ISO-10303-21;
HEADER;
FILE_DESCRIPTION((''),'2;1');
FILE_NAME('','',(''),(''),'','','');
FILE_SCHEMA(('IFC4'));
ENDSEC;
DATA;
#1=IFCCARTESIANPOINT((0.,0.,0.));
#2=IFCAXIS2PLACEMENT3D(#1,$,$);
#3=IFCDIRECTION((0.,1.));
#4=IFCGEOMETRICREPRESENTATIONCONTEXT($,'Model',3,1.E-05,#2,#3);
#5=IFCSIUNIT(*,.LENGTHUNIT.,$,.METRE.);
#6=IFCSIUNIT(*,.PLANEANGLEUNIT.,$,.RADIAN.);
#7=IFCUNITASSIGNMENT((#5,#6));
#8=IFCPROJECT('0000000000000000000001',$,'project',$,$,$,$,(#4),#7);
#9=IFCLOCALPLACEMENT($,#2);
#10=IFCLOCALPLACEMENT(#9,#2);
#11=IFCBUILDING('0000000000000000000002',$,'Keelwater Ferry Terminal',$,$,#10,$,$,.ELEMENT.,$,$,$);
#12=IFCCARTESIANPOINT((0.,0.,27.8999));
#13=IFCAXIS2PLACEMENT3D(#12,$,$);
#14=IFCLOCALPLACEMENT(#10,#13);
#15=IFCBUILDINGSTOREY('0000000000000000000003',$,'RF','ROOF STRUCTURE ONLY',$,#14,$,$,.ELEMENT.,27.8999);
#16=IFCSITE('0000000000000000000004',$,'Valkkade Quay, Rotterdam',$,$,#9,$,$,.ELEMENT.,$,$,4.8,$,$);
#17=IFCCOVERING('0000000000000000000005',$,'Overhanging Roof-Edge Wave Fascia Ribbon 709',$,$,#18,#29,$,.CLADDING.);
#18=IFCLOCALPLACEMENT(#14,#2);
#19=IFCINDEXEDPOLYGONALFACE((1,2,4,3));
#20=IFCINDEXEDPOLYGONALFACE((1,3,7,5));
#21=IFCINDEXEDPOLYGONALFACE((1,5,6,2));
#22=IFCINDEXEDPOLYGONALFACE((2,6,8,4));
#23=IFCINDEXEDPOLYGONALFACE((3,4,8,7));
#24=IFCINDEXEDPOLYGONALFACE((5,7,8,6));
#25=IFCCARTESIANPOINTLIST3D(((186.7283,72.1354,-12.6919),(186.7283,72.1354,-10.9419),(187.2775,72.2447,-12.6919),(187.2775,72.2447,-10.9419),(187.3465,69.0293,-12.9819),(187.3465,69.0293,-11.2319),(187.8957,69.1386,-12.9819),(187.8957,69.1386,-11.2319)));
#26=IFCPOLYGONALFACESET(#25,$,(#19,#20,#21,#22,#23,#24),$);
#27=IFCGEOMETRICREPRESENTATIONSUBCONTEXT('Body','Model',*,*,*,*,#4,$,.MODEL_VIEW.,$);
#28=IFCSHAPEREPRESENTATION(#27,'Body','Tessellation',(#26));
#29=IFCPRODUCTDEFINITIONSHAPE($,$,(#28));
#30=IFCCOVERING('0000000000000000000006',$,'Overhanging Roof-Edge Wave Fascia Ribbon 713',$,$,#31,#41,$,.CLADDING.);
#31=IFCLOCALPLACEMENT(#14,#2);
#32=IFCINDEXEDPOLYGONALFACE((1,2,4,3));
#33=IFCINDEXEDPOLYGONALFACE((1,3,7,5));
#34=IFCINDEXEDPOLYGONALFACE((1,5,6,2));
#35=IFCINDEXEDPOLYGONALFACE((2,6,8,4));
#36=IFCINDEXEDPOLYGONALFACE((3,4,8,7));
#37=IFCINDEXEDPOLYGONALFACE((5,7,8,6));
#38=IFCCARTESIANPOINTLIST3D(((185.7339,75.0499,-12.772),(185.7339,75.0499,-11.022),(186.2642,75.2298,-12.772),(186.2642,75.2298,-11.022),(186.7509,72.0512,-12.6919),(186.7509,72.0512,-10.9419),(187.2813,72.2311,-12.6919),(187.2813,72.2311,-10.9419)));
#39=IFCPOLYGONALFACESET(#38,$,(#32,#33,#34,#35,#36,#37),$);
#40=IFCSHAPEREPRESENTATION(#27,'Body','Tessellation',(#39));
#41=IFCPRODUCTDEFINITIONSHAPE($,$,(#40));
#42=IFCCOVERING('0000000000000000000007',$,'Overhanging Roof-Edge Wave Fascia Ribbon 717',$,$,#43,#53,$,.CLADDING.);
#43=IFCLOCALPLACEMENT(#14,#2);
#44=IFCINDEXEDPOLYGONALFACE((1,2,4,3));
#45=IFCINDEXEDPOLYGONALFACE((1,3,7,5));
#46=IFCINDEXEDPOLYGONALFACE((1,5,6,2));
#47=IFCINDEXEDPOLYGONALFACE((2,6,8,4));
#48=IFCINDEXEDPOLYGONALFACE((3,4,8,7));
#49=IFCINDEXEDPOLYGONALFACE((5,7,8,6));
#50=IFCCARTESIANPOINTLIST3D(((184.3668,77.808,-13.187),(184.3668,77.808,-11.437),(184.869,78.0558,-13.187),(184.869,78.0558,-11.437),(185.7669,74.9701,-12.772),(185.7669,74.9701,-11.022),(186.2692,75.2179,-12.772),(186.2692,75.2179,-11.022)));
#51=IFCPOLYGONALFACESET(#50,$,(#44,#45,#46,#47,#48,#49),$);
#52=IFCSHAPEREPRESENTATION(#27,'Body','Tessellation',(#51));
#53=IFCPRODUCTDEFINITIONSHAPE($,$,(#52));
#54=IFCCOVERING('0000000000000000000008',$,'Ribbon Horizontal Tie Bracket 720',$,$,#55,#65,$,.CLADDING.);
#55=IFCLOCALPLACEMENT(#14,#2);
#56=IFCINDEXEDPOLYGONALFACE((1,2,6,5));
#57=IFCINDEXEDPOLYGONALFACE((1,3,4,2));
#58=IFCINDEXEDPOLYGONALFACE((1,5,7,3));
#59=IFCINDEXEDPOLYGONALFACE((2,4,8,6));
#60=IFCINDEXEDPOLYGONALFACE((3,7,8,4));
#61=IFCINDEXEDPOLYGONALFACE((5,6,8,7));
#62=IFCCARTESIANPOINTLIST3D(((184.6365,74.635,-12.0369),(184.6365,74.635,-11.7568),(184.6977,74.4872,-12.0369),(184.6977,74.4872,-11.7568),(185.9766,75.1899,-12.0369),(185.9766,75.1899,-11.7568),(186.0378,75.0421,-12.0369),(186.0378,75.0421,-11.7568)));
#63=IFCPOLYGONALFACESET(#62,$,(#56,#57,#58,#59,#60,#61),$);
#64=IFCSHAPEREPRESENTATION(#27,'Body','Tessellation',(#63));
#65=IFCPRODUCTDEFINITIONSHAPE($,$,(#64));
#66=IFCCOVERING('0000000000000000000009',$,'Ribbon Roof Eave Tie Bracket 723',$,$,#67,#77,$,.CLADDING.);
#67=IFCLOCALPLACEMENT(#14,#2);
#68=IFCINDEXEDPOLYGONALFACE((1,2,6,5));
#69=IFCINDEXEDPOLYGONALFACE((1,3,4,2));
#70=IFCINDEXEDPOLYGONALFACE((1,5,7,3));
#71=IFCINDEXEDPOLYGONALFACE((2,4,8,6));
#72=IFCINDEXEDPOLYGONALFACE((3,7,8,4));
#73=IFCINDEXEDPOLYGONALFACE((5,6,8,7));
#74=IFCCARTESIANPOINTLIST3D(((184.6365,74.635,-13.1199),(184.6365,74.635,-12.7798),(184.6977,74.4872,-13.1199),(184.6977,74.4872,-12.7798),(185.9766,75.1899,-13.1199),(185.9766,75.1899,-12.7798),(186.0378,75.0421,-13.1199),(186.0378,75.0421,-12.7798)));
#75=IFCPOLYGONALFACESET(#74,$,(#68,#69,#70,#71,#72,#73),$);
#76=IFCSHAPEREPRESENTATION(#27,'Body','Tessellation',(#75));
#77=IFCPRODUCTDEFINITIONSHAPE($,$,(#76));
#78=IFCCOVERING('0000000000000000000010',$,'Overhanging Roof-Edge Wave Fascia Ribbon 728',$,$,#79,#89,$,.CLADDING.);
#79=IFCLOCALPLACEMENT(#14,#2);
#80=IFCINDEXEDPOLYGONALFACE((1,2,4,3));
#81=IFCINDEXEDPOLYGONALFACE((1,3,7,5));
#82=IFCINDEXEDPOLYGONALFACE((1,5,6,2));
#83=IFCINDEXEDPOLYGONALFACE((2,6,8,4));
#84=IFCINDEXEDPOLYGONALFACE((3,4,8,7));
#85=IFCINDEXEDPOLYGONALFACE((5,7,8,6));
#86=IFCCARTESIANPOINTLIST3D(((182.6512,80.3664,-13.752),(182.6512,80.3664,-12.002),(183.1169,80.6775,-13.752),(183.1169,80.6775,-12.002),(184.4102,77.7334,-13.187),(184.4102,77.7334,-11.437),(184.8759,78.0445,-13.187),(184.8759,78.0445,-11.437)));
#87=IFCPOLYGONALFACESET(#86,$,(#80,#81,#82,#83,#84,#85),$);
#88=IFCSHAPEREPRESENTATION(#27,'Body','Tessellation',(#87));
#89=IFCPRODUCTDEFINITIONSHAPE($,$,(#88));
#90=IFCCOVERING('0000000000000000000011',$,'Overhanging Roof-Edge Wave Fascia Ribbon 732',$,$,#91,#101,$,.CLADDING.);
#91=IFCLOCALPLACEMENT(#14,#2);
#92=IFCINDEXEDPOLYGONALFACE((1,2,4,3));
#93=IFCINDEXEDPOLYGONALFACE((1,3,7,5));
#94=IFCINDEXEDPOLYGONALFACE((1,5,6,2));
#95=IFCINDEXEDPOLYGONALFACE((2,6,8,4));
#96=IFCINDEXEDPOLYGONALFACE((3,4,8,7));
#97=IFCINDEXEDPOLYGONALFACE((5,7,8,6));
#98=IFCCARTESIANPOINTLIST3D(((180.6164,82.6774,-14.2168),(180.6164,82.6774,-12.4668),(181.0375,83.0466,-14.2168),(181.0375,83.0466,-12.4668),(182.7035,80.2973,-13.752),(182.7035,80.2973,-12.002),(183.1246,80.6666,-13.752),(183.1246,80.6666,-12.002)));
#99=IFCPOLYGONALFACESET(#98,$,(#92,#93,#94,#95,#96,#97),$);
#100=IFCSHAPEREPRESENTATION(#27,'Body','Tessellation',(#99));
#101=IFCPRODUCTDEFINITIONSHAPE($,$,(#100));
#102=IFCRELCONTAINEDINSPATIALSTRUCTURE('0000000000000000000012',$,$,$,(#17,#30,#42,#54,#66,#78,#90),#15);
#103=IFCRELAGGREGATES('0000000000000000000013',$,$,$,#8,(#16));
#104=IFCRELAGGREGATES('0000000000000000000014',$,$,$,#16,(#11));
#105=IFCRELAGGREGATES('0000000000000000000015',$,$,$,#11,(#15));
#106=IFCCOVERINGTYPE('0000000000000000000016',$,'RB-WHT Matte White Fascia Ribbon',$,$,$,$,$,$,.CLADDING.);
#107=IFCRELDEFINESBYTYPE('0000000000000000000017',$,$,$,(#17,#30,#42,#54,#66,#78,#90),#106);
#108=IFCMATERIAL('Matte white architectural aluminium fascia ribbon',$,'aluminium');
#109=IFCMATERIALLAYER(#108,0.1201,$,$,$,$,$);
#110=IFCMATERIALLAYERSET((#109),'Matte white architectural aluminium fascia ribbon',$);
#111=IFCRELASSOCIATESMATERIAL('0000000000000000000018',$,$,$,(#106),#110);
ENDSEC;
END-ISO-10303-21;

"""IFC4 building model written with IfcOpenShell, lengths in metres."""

from ifc_helpers import new_model, si_unit, direction, frame, frame_2d, origin, place, context, subcontext, project, spatial, polyline, rectangle, outline, extrude, material, layer, layer_set, type_object, element, save


model = new_model("IFC4")

# Units and contexts
model_context = context("Model", 3, precision=1e-05, world=origin(), true_north=direction((0.0, 1.0)))
body_context = subcontext(model_context, "Body", "Model", "MODEL_VIEW")
ifc_project = project(units=[si_unit("LENGTHUNIT", "METRE"), si_unit("PLANEANGLEUNIT", "RADIAN")], contexts=[model_context])

# Site, building, storey
site_placement = place(None, origin())
site = spatial("IfcSite", under=ifc_project, at=site_placement, Name="Valkkade Quay, Rotterdam", CompositionType="ELEMENT", RefElevation=4.8)
building_placement = place(site_placement, origin())
building = spatial("IfcBuilding", under=site, at=building_placement, Name="Keelwater Ferry Terminal", CompositionType="ELEMENT")
storey_placement = place(building_placement, frame((0.0, 0.0, 27.8999)))
storey = spatial("IfcBuildingStorey", under=building, at=storey_placement, Name="RF", Description="ROOF STRUCTURE ONLY", CompositionType="ELEMENT", Elevation=27.8999)

# Coverings
ifc_material_1 = material(Name="Matte white architectural aluminium fascia ribbon", Category="aluminium")
ifc_layer_1 = layer(ifc_material_1, 0.1201)
ifc_layer_set_1 = layer_set([ifc_layer_1], Name="Matte white architectural aluminium fascia ribbon")
covering_type = type_object("IfcCoveringType", Name="RB-WHT Matte White Fascia Ribbon", PredefinedType="CLADDING", material=ifc_layer_set_1)
covering_1_placement = place(storey_placement, frame((187.6211, 69.084, -12.9819), z_axis=(0.0, 0.0, 1.0), x_axis=(-0.195197, 0.980764, 0.0)))
element("IfcCovering", 1, at=covering_1_placement, inside=storey, type_object=covering_type, Name="Overhanging Roof-Edge Wave Fascia Ribbon 709", PredefinedType="CLADDING", context=body_context, shape_type="SweptSolid", body=[
    extrude(outline(polyline([(0.0, 0.0), (3.167, 0.29), (3.167, 2.04), (0.0, 1.75), (0.0, 0.0)])), frame((0.0, 0.28, 0.0), z_axis=(0.0, -1.0, 0.0), x_axis=(1.0, 0.0, 0.0)), (0.0, 0.0, 1.0), 0.5601),
])
covering_2_placement = place(storey_placement, frame((187.0161, 72.1411, -12.772), z_axis=(0.0, 0.0, 1.0), x_axis=(-0.321196, 0.947013, 0.0)))
element("IfcCovering", 2, at=covering_2_placement, inside=storey, type_object=covering_type, Name="Overhanging Roof-Edge Wave Fascia Ribbon 713", PredefinedType="CLADDING", context=body_context, shape_type="SweptSolid", body=[
    extrude(outline(polyline([(0.0, 0.0801), (3.1665, 0.0), (3.1665, 1.75), (0.0, 1.8301), (0.0, 0.0801)])), frame((0.0, 0.28, 0.0), z_axis=(0.0, -1.0, 0.0), x_axis=(1.0, 0.0, 0.0)), (0.0, 0.0, 1.0), 0.5601),
])
covering_3_placement = place(storey_placement, frame((186.0181, 75.094, -13.187), z_axis=(0.0, 0.0, 1.0), x_axis=(-0.442455, 0.896791, 0.0)))
element("IfcCovering", 3, at=covering_3_placement, inside=storey, type_object=covering_type, Name="Overhanging Roof-Edge Wave Fascia Ribbon 717", PredefinedType="CLADDING", context=body_context, shape_type="SweptSolid", body=[
    extrude(outline(polyline([(0.0, 0.415), (3.1646, 0.0), (3.1646, 1.75), (0.0, 2.165), (0.0, 0.415)])), frame((0.0, 0.28, 0.0), z_axis=(0.0, -1.0, 0.0), x_axis=(1.0, 0.0, 0.0)), (0.0, 0.0, 1.0), 0.5601),
])
covering_4_placement = place(storey_placement, frame((186.0071, 75.116, -12.0369), z_axis=(0.0, 0.0, 1.0), x_axis=(-0.923916, -0.382595, 0.0)))
element("IfcCovering", 4, at=covering_4_placement, inside=storey, type_object=covering_type, Name="Ribbon Horizontal Tie Bracket 720", PredefinedType="CLADDING", context=body_context, shape_type="SweptSolid", body=[
    extrude(rectangle(XDim=1.4504, YDim=0.1599, at=frame_2d((0.7251, 0.0))), origin(), (0.0, 0.0, 1.0), 0.28),
])
covering_5_placement = place(storey_placement, frame((186.0071, 75.116, -13.1199), z_axis=(0.0, 0.0, 1.0), x_axis=(-0.923916, -0.382595, 0.0)))
element("IfcCovering", 5, at=covering_5_placement, inside=storey, type_object=covering_type, Name="Ribbon Roof Eave Tie Bracket 723", PredefinedType="CLADDING", context=body_context, shape_type="SweptSolid", body=[
    extrude(rectangle(XDim=1.4504, YDim=0.1599, at=frame_2d((0.7251, 0.0))), origin(), (0.0, 0.0, 1.0), 0.3401),
])
covering_6_placement = place(storey_placement, frame((184.6431, 77.8889, -13.752), z_axis=(0.0, 0.0, 1.0), x_axis=(-0.555501, 0.831516, 0.0)))
element("IfcCovering", 6, at=covering_6_placement, inside=storey, type_object=covering_type, Name="Overhanging Roof-Edge Wave Fascia Ribbon 728", PredefinedType="CLADDING", context=body_context, shape_type="SweptSolid", body=[
    extrude(outline(polyline([(0.0, 0.5649), (3.1665, 0.0), (3.1665, 1.75), (0.0, 2.3149), (0.0, 0.5649)])), frame((0.0, 0.28, 0.0), z_axis=(0.0, -1.0, 0.0), x_axis=(1.0, 0.0, 0.0)), (0.0, 0.0, 1.0), 0.5601),
])
covering_7_placement = place(storey_placement, frame((182.9141, 80.4819, -14.2168), z_axis=(0.0, 0.0, 1.0), x_axis=(-0.659318, 0.751864, 0.0)))
element("IfcCovering", 7, at=covering_7_placement, inside=storey, type_object=covering_type, Name="Overhanging Roof-Edge Wave Fascia Ribbon 732", PredefinedType="CLADDING", context=body_context, shape_type="SweptSolid", body=[
    extrude(outline(polyline([(0.0, 0.4648), (3.1655, 0.0), (3.1655, 1.75), (0.0, 2.2148), (0.0, 0.4648)])), frame((0.0, 0.28, 0.0), z_axis=(0.0, -1.0, 0.0), x_axis=(1.0, 0.0, 0.0)), (0.0, 0.0, 1.0), 0.5601),
])

save(model, "model.ifc")
